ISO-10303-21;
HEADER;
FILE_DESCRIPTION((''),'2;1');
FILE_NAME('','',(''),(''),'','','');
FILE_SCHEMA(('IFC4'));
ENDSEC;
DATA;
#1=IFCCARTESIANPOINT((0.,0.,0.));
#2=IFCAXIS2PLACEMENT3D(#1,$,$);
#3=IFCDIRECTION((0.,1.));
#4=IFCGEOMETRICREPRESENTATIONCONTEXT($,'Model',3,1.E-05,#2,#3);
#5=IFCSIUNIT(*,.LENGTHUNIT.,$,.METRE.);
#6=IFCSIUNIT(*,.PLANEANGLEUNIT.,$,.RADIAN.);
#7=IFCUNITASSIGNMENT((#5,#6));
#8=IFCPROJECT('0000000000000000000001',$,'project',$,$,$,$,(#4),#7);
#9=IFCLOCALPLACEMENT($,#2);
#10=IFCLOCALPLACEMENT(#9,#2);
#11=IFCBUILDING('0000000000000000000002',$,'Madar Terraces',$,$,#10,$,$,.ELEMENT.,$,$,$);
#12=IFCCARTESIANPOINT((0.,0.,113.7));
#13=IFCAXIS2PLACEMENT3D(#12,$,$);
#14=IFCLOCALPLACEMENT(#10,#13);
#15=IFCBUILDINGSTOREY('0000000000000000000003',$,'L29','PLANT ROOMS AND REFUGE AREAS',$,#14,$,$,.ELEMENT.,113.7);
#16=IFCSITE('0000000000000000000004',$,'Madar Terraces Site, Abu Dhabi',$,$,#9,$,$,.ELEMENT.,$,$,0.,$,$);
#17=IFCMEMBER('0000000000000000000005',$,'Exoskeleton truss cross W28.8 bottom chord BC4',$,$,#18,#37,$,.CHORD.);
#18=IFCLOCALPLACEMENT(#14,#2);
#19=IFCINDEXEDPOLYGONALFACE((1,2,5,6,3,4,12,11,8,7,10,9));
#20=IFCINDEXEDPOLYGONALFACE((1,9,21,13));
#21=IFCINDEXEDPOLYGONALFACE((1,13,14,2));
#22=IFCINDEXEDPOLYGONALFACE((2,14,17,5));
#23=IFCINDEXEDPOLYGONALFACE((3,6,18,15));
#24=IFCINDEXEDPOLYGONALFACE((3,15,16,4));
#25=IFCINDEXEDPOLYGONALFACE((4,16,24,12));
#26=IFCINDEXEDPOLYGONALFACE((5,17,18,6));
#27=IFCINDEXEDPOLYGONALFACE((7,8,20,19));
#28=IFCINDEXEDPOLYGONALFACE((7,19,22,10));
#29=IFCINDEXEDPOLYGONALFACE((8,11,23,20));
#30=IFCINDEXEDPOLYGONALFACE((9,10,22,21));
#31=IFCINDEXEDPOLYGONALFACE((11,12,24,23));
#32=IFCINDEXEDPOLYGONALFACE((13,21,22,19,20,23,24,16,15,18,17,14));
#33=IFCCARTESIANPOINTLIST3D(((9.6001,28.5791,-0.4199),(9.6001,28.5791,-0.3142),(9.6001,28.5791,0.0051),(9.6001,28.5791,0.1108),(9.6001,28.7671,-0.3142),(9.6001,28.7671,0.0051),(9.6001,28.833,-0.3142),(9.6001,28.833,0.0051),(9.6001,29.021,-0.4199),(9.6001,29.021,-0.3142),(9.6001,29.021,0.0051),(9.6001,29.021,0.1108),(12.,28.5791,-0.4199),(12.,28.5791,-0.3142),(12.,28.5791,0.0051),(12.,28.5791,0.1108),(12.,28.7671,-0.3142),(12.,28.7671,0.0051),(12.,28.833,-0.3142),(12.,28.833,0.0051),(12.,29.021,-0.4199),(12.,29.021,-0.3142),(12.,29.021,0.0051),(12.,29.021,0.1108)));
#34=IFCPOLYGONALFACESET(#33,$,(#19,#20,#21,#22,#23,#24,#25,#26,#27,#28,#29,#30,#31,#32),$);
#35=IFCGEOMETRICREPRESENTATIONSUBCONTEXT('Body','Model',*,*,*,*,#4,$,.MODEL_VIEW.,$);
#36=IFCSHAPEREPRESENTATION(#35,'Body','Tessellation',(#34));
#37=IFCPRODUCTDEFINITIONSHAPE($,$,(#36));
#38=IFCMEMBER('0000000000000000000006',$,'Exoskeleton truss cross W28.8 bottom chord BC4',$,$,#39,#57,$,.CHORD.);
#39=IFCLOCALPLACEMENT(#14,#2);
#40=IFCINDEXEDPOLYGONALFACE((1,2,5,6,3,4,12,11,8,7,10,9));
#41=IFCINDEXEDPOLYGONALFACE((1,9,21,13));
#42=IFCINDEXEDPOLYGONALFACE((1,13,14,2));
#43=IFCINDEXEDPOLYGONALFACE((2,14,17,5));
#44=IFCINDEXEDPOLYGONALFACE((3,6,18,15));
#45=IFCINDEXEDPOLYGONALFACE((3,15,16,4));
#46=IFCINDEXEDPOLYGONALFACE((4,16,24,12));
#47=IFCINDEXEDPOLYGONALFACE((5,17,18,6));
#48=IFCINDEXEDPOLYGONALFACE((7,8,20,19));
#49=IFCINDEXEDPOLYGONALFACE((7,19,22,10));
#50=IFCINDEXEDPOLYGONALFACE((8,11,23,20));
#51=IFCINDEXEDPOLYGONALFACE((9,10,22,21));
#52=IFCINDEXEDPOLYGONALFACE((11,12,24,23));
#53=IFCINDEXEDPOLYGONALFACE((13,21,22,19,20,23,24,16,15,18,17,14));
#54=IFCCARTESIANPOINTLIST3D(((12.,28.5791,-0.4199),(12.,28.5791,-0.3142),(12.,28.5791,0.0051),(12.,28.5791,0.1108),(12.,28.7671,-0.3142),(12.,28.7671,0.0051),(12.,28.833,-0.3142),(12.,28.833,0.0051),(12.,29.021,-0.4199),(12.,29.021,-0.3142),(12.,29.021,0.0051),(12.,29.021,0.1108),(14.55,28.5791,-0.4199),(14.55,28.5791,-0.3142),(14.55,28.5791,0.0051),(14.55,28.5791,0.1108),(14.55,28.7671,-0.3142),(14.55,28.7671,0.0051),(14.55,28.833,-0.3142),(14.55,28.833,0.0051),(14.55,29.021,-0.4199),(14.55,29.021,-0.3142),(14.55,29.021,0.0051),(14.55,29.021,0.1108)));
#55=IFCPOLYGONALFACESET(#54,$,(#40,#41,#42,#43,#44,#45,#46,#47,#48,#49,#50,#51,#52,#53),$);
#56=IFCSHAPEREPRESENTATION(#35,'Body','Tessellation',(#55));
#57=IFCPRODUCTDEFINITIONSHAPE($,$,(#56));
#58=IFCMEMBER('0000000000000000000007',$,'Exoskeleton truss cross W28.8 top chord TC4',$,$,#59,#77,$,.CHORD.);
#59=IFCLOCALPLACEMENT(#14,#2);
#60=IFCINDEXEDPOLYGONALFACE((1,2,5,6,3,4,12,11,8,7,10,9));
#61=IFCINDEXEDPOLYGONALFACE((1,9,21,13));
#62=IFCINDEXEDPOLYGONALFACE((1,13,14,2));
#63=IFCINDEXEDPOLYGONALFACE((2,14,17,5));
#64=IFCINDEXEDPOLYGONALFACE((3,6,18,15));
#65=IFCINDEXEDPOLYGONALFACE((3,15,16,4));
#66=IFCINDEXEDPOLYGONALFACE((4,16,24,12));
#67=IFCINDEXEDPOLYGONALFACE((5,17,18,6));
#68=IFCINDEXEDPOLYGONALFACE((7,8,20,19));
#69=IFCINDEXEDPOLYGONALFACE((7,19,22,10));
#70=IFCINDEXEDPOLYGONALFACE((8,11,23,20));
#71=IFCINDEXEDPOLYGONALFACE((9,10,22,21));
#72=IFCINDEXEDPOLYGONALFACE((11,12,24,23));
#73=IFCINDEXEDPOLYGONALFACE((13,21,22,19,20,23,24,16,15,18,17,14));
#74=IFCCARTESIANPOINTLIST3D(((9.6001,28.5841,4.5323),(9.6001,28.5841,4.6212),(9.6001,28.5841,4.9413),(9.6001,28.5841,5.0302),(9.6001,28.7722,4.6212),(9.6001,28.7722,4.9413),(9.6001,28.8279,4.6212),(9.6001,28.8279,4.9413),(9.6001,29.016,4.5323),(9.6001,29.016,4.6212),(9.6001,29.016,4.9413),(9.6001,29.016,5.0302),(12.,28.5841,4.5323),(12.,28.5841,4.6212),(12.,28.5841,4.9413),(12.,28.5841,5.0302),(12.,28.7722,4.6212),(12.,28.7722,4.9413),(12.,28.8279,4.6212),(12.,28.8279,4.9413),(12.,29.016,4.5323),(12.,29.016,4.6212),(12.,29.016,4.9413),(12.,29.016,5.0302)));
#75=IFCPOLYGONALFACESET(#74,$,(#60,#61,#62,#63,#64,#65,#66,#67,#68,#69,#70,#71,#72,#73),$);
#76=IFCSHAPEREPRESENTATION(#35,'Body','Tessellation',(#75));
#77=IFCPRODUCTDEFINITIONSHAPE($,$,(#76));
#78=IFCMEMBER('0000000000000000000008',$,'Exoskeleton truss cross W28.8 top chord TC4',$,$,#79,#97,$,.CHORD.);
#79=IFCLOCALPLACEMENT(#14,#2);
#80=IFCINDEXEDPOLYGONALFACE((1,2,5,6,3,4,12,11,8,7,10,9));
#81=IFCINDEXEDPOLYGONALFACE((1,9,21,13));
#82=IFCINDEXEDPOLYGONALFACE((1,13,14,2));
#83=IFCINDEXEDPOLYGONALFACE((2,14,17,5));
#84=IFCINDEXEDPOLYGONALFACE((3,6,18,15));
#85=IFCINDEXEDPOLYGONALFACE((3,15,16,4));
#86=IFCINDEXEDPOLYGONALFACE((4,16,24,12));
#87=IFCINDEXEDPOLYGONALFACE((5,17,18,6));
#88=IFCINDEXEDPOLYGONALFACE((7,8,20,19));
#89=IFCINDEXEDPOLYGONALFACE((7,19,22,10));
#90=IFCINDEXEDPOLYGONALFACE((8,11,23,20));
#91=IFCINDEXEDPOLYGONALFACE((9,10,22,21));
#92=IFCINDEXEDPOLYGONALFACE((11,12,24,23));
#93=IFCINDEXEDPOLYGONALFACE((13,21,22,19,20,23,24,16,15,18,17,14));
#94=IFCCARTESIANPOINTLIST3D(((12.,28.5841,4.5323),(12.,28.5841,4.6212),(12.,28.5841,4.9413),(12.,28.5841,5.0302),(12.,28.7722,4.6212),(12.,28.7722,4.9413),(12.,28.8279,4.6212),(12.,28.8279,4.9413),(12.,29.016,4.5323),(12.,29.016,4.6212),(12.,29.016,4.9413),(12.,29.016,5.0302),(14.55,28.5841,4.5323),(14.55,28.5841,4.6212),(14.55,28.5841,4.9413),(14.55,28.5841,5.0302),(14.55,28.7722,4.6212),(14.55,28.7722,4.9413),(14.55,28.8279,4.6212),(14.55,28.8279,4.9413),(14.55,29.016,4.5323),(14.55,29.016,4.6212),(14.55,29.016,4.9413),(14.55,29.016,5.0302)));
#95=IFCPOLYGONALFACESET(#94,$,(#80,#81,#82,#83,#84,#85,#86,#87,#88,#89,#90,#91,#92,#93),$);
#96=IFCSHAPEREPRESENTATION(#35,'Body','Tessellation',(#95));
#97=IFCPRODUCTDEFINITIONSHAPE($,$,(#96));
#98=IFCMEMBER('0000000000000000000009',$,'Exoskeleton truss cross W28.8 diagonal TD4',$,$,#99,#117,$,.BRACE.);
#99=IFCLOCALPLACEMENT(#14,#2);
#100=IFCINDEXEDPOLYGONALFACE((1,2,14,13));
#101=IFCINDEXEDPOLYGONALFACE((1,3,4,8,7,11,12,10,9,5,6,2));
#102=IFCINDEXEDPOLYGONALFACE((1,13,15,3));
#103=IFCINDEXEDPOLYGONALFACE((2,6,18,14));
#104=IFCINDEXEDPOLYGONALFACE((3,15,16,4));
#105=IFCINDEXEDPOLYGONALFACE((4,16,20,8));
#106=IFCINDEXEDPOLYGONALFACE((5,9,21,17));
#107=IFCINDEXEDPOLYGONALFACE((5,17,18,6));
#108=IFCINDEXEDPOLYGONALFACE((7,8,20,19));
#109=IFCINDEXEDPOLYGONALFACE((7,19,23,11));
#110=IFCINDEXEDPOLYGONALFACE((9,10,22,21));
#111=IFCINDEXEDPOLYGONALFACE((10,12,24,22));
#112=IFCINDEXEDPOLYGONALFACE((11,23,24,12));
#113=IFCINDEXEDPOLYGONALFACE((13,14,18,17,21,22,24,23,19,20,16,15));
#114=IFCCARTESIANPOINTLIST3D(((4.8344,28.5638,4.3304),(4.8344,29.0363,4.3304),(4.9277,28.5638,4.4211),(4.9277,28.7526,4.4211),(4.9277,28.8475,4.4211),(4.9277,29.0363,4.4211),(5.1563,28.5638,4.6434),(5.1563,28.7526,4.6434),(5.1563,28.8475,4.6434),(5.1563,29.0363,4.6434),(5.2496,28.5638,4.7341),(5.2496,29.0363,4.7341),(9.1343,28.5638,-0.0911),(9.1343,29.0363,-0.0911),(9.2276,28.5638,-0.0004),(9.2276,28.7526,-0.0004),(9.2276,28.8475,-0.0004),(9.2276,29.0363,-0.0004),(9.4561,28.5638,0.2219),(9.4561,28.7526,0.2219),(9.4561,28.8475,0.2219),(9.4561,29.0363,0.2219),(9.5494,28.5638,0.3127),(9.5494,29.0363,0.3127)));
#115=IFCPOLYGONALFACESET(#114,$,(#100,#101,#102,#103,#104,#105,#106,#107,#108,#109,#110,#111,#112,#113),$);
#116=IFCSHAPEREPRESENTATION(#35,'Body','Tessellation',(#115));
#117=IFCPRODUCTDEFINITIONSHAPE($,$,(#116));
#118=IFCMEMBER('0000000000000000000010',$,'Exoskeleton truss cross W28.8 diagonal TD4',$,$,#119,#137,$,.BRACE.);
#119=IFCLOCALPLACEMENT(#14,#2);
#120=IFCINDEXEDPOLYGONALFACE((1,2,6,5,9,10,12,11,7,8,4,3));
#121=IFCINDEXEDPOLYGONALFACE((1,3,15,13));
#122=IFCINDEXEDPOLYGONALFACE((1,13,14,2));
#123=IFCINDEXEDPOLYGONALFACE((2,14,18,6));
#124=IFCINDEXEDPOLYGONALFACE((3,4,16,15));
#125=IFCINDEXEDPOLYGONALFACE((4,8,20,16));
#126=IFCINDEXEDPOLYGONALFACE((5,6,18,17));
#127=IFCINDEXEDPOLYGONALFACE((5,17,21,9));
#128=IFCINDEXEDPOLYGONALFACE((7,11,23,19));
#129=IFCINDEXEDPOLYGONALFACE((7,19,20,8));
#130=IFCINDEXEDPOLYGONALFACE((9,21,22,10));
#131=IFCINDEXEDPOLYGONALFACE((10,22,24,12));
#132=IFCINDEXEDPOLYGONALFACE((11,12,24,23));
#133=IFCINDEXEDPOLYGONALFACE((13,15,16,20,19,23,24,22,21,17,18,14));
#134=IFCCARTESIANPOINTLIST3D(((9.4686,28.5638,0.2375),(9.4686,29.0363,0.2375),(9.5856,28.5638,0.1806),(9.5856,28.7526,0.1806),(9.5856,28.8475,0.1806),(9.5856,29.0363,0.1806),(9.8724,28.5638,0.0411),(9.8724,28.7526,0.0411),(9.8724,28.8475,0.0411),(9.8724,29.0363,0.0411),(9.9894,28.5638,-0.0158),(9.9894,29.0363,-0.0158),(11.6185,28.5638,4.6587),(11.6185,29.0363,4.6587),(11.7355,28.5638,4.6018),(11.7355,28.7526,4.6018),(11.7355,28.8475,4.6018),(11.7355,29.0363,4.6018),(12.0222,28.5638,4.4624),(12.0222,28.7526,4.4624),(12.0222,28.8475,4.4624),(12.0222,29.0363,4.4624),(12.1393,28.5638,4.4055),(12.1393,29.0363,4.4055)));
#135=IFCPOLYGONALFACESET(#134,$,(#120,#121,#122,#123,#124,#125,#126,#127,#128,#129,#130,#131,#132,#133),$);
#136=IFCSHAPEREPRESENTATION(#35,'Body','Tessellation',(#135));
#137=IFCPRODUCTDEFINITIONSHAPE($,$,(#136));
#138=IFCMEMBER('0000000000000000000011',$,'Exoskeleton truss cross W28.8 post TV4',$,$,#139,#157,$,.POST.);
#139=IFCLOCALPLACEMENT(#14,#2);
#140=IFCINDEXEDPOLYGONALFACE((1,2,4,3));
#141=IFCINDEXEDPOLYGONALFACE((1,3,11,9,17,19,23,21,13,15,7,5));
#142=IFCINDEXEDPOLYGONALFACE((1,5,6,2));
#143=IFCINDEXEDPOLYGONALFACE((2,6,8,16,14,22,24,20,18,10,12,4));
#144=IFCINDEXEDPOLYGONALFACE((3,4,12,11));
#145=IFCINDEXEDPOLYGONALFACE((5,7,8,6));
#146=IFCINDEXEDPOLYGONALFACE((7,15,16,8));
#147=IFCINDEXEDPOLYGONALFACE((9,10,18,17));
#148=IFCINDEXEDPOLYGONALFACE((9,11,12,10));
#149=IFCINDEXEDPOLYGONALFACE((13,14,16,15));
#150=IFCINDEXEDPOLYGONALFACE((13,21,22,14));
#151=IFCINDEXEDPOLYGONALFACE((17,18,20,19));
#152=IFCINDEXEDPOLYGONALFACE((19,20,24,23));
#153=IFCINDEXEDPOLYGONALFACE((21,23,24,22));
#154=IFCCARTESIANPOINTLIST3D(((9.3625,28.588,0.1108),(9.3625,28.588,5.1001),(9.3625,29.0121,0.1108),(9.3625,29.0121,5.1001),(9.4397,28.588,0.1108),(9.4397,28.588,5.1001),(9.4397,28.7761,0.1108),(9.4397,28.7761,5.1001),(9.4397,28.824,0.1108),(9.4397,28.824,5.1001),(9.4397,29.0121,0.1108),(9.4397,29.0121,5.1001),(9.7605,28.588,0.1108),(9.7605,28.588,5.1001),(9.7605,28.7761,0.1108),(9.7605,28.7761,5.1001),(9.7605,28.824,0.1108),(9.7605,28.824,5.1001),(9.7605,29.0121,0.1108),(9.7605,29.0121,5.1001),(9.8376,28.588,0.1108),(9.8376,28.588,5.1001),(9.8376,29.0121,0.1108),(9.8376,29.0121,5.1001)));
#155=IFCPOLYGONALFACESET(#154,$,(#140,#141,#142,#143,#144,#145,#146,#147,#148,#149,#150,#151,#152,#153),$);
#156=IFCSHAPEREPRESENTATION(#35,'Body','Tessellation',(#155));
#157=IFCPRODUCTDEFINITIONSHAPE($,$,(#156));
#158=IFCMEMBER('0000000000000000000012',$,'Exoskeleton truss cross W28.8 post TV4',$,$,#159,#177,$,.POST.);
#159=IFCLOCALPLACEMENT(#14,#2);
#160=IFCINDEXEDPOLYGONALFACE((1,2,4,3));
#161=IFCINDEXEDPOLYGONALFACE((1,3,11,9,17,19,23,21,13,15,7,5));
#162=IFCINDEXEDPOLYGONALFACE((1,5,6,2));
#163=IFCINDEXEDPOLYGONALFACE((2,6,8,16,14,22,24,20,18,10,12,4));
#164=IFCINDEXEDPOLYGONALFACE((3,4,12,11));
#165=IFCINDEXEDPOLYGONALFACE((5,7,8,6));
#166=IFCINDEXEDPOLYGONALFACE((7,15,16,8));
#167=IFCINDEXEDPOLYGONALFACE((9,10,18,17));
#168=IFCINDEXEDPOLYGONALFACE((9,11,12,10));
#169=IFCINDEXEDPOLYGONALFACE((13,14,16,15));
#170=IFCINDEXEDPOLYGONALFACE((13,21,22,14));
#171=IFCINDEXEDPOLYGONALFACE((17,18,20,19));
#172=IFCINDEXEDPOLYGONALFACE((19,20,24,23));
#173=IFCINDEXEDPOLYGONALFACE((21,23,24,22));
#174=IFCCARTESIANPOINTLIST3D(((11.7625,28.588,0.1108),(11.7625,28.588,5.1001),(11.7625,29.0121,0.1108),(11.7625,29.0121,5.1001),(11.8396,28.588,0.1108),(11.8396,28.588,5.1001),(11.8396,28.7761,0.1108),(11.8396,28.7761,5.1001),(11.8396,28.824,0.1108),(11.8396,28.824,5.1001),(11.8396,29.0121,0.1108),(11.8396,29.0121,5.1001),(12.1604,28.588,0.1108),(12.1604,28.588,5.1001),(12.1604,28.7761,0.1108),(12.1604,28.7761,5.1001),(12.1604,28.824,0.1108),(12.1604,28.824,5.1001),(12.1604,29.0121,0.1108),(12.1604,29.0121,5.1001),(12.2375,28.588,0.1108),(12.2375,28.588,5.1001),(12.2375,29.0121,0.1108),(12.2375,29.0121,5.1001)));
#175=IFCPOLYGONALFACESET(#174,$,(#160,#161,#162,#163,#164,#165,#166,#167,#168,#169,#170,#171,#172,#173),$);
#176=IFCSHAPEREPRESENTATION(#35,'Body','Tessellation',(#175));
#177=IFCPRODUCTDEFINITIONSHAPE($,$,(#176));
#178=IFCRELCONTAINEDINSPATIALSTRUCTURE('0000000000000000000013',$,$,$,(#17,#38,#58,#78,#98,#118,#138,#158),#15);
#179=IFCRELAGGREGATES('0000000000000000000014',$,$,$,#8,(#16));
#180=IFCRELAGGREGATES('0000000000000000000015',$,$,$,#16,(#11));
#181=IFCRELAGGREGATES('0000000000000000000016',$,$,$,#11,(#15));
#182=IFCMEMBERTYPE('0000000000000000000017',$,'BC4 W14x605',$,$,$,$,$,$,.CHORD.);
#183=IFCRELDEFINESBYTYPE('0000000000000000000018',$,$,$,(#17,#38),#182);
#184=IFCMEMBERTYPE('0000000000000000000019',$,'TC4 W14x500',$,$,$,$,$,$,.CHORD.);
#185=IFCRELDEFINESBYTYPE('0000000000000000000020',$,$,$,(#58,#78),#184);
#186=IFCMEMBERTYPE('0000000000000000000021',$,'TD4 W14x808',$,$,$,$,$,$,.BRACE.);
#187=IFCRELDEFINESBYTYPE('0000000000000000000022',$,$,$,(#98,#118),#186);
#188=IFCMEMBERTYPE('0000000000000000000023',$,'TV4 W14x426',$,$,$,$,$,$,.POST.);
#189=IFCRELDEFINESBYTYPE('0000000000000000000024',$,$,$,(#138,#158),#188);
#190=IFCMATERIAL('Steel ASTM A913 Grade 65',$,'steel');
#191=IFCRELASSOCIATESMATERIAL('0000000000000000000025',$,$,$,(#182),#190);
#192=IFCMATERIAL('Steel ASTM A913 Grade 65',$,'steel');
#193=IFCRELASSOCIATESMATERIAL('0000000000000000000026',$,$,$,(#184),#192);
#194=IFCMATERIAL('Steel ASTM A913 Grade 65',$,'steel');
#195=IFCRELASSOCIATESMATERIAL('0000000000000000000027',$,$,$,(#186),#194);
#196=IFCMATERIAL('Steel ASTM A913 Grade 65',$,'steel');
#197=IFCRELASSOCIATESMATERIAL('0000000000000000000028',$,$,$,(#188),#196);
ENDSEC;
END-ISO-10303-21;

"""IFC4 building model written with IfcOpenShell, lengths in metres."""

from ifc_helpers import new_model, si_unit, direction, frame, origin, origin_2d, place, context, subcontext, project, spatial, i_section, extrude, material, material_profile, profile_set, type_object, element, save


model = new_model("IFC4")

# Units and contexts
model_context = context("Model", 3, precision=1e-05, world=origin(), true_north=direction((0.0, 1.0)))
body_context = subcontext(model_context, "Body", "Model", "MODEL_VIEW")
ifc_project = project(units=[si_unit("LENGTHUNIT", "METRE"), si_unit("PLANEANGLEUNIT", "RADIAN")], contexts=[model_context])

# Site, building, storey
site_placement = place(None, origin())
site = spatial("IfcSite", under=ifc_project, at=site_placement, Name="Madar Terraces Site, Abu Dhabi", CompositionType="ELEMENT", RefElevation=0.0)
building_placement = place(site_placement, origin())
building = spatial("IfcBuilding", under=site, at=building_placement, Name="Madar Terraces", CompositionType="ELEMENT")
storey_placement = place(building_placement, frame((0.0, 0.0, 113.7)))
storey = spatial("IfcBuildingStorey", under=building, at=storey_placement, Name="L29", Description="PLANT ROOMS AND REFUGE AREAS", CompositionType="ELEMENT", Elevation=113.7)

# Members
ifc_material_1 = material(Name="Steel ASTM A913 Grade 65", Category="steel")
ifc_material_profile_1 = material_profile(ifc_material_1, i_section(OverallWidth=0.4419, OverallDepth=0.5308, WebThickness=0.0659, FlangeThickness=0.1057, at=origin_2d()), Name="W14x605")
ifc_profile_set_1 = profile_set([ifc_material_profile_1], Name="Steel ASTM A913 Grade 65")
member_type_1 = type_object("IfcMemberType", Name="BC4 W14x605", PredefinedType="CHORD", material=ifc_profile_set_1)
member_1_placement = place(storey_placement, frame((9.6001, 28.8, -0.1545), z_axis=(1.0, 0.0, 0.0), x_axis=(0.0, 1.0, 0.0)))
element("IfcMember", 1, at=member_1_placement, inside=storey, type_object=member_type_1, Name="Exoskeleton truss cross W28.8 bottom chord BC4", PredefinedType="CHORD", context=body_context, shape_type="SweptSolid", body=[
    extrude(i_section(OverallWidth=0.4419, OverallDepth=0.5308, WebThickness=0.0659, FlangeThickness=0.1057, at=origin_2d()), origin(), (0.0, 0.0, 1.0), 2.3999),
])
member_2_placement = place(storey_placement, frame((12.0, 28.8, -0.1545), z_axis=(1.0, 0.0, 0.0), x_axis=(0.0, 1.0, 0.0)))
element("IfcMember", 2, at=member_2_placement, inside=storey, type_object=member_type_1, Name="Exoskeleton truss cross W28.8 bottom chord BC4", PredefinedType="CHORD", context=body_context, shape_type="SweptSolid", body=[
    extrude(i_section(OverallWidth=0.4419, OverallDepth=0.5308, WebThickness=0.0659, FlangeThickness=0.1057, at=origin_2d()), origin(), (0.0, 0.0, 1.0), 2.55),
])
ifc_material_2 = material(Name="Steel ASTM A913 Grade 65", Category="steel")
ifc_material_profile_2 = material_profile(ifc_material_2, i_section(OverallWidth=0.4319, OverallDepth=0.4978, WebThickness=0.0557, FlangeThickness=0.0889, at=origin_2d()), Name="W14x500")
ifc_profile_set_2 = profile_set([ifc_material_profile_2], Name="Steel ASTM A913 Grade 65")
member_type_2 = type_object("IfcMemberType", Name="TC4 W14x500", PredefinedType="CHORD", material=ifc_profile_set_2)
member_3_placement = place(storey_placement, frame((9.6001, 28.8, 4.7812), z_axis=(1.0, 0.0, 0.0), x_axis=(0.0, 1.0, 0.0)))
element("IfcMember", 3, at=member_3_placement, inside=storey, type_object=member_type_2, Name="Exoskeleton truss cross W28.8 top chord TC4", PredefinedType="CHORD", context=body_context, shape_type="SweptSolid", body=[
    extrude(i_section(OverallWidth=0.4319, OverallDepth=0.4978, WebThickness=0.0557, FlangeThickness=0.0889, at=origin_2d()), origin(), (0.0, 0.0, 1.0), 2.3999),
])
member_4_placement = place(storey_placement, frame((12.0, 28.8, 4.7812), z_axis=(1.0, 0.0, 0.0), x_axis=(0.0, 1.0, 0.0)))
element("IfcMember", 4, at=member_4_placement, inside=storey, type_object=member_type_2, Name="Exoskeleton truss cross W28.8 top chord TC4", PredefinedType="CHORD", context=body_context, shape_type="SweptSolid", body=[
    extrude(i_section(OverallWidth=0.4319, OverallDepth=0.4978, WebThickness=0.0557, FlangeThickness=0.0889, at=origin_2d()), origin(), (0.0, 0.0, 1.0), 2.55),
])
ifc_material_3 = material(Name="Steel ASTM A913 Grade 65", Category="steel")
ifc_material_profile_3 = material_profile(ifc_material_3, i_section(OverallWidth=0.4724, OverallDepth=0.5791, WebThickness=0.095, FlangeThickness=0.1301, at=origin_2d()), Name="W14x808")
ifc_profile_set_3 = profile_set([ifc_material_profile_3], Name="Steel ASTM A913 Grade 65")
member_type_3 = type_object("IfcMemberType", Name="TD4 W14x808", PredefinedType="BRACE", material=ifc_profile_set_3)
member_5_placement = place(storey_placement, frame((5.042, 28.8, 4.5322), z_axis=(0.697181, 0.0, -0.716895), x_axis=(0.0, 1.0, 0.0)))
element("IfcMember", 5, at=member_5_placement, inside=storey, type_object=member_type_3, Name="Exoskeleton truss cross W28.8 diagonal TD4", PredefinedType="BRACE", context=body_context, shape_type="SweptSolid", body=[
    extrude(i_section(OverallWidth=0.4724, OverallDepth=0.5791, WebThickness=0.095, FlangeThickness=0.1301, at=origin_2d()), origin(), (0.0, 0.0, 1.0), 6.1675),
])
member_6_placement = place(storey_placement, frame((9.729, 28.8, 0.1108), z_axis=(0.437294, 0.0, 0.899318), x_axis=(0.0, 1.0, 0.0)))
element("IfcMember", 6, at=member_6_placement, inside=storey, type_object=member_type_3, Name="Exoskeleton truss cross W28.8 diagonal TD4", PredefinedType="BRACE", context=body_context, shape_type="SweptSolid", body=[
    extrude(i_section(OverallWidth=0.4724, OverallDepth=0.5791, WebThickness=0.095, FlangeThickness=0.1301, at=origin_2d()), origin(), (0.0, 0.0, 1.0), 4.9163),
])
ifc_material_4 = material(Name="Steel ASTM A913 Grade 65", Category="steel")
ifc_material_profile_4 = material_profile(ifc_material_4, i_section(OverallWidth=0.4241, OverallDepth=0.4751, WebThickness=0.0479, FlangeThickness=0.0771, at=origin_2d()), Name="W14x426")
ifc_profile_set_4 = profile_set([ifc_material_profile_4], Name="Steel ASTM A913 Grade 65")
member_type_4 = type_object("IfcMemberType", Name="TV4 W14x426", PredefinedType="POST", material=ifc_profile_set_4)
for number, where, z_axis, x_axis, name in (
    (7, (9.6001, 28.8, 0.1108), (0.0, 0.0, 1.0), (0.0, 1.0, 0.0), "Exoskeleton truss cross W28.8 post TV4"),
    (8, (12.0, 28.8, 0.1108), (0.0, 0.0, 1.0), (0.0, 1.0, 0.0), "Exoskeleton truss cross W28.8 post TV4"),
):
    element("IfcMember", number, at=place(storey_placement, frame(where, z_axis=z_axis, x_axis=x_axis)), inside=storey, type_object=member_type_4, Name=name, PredefinedType="POST", context=body_context, shape_type="SweptSolid", body=[
        extrude(i_section(OverallWidth=0.4241, OverallDepth=0.4751, WebThickness=0.0479, FlangeThickness=0.0771, at=origin_2d()), origin(), (0.0, 0.0, 1.0), 4.9893),
    ])

save(model, "model.ifc")
